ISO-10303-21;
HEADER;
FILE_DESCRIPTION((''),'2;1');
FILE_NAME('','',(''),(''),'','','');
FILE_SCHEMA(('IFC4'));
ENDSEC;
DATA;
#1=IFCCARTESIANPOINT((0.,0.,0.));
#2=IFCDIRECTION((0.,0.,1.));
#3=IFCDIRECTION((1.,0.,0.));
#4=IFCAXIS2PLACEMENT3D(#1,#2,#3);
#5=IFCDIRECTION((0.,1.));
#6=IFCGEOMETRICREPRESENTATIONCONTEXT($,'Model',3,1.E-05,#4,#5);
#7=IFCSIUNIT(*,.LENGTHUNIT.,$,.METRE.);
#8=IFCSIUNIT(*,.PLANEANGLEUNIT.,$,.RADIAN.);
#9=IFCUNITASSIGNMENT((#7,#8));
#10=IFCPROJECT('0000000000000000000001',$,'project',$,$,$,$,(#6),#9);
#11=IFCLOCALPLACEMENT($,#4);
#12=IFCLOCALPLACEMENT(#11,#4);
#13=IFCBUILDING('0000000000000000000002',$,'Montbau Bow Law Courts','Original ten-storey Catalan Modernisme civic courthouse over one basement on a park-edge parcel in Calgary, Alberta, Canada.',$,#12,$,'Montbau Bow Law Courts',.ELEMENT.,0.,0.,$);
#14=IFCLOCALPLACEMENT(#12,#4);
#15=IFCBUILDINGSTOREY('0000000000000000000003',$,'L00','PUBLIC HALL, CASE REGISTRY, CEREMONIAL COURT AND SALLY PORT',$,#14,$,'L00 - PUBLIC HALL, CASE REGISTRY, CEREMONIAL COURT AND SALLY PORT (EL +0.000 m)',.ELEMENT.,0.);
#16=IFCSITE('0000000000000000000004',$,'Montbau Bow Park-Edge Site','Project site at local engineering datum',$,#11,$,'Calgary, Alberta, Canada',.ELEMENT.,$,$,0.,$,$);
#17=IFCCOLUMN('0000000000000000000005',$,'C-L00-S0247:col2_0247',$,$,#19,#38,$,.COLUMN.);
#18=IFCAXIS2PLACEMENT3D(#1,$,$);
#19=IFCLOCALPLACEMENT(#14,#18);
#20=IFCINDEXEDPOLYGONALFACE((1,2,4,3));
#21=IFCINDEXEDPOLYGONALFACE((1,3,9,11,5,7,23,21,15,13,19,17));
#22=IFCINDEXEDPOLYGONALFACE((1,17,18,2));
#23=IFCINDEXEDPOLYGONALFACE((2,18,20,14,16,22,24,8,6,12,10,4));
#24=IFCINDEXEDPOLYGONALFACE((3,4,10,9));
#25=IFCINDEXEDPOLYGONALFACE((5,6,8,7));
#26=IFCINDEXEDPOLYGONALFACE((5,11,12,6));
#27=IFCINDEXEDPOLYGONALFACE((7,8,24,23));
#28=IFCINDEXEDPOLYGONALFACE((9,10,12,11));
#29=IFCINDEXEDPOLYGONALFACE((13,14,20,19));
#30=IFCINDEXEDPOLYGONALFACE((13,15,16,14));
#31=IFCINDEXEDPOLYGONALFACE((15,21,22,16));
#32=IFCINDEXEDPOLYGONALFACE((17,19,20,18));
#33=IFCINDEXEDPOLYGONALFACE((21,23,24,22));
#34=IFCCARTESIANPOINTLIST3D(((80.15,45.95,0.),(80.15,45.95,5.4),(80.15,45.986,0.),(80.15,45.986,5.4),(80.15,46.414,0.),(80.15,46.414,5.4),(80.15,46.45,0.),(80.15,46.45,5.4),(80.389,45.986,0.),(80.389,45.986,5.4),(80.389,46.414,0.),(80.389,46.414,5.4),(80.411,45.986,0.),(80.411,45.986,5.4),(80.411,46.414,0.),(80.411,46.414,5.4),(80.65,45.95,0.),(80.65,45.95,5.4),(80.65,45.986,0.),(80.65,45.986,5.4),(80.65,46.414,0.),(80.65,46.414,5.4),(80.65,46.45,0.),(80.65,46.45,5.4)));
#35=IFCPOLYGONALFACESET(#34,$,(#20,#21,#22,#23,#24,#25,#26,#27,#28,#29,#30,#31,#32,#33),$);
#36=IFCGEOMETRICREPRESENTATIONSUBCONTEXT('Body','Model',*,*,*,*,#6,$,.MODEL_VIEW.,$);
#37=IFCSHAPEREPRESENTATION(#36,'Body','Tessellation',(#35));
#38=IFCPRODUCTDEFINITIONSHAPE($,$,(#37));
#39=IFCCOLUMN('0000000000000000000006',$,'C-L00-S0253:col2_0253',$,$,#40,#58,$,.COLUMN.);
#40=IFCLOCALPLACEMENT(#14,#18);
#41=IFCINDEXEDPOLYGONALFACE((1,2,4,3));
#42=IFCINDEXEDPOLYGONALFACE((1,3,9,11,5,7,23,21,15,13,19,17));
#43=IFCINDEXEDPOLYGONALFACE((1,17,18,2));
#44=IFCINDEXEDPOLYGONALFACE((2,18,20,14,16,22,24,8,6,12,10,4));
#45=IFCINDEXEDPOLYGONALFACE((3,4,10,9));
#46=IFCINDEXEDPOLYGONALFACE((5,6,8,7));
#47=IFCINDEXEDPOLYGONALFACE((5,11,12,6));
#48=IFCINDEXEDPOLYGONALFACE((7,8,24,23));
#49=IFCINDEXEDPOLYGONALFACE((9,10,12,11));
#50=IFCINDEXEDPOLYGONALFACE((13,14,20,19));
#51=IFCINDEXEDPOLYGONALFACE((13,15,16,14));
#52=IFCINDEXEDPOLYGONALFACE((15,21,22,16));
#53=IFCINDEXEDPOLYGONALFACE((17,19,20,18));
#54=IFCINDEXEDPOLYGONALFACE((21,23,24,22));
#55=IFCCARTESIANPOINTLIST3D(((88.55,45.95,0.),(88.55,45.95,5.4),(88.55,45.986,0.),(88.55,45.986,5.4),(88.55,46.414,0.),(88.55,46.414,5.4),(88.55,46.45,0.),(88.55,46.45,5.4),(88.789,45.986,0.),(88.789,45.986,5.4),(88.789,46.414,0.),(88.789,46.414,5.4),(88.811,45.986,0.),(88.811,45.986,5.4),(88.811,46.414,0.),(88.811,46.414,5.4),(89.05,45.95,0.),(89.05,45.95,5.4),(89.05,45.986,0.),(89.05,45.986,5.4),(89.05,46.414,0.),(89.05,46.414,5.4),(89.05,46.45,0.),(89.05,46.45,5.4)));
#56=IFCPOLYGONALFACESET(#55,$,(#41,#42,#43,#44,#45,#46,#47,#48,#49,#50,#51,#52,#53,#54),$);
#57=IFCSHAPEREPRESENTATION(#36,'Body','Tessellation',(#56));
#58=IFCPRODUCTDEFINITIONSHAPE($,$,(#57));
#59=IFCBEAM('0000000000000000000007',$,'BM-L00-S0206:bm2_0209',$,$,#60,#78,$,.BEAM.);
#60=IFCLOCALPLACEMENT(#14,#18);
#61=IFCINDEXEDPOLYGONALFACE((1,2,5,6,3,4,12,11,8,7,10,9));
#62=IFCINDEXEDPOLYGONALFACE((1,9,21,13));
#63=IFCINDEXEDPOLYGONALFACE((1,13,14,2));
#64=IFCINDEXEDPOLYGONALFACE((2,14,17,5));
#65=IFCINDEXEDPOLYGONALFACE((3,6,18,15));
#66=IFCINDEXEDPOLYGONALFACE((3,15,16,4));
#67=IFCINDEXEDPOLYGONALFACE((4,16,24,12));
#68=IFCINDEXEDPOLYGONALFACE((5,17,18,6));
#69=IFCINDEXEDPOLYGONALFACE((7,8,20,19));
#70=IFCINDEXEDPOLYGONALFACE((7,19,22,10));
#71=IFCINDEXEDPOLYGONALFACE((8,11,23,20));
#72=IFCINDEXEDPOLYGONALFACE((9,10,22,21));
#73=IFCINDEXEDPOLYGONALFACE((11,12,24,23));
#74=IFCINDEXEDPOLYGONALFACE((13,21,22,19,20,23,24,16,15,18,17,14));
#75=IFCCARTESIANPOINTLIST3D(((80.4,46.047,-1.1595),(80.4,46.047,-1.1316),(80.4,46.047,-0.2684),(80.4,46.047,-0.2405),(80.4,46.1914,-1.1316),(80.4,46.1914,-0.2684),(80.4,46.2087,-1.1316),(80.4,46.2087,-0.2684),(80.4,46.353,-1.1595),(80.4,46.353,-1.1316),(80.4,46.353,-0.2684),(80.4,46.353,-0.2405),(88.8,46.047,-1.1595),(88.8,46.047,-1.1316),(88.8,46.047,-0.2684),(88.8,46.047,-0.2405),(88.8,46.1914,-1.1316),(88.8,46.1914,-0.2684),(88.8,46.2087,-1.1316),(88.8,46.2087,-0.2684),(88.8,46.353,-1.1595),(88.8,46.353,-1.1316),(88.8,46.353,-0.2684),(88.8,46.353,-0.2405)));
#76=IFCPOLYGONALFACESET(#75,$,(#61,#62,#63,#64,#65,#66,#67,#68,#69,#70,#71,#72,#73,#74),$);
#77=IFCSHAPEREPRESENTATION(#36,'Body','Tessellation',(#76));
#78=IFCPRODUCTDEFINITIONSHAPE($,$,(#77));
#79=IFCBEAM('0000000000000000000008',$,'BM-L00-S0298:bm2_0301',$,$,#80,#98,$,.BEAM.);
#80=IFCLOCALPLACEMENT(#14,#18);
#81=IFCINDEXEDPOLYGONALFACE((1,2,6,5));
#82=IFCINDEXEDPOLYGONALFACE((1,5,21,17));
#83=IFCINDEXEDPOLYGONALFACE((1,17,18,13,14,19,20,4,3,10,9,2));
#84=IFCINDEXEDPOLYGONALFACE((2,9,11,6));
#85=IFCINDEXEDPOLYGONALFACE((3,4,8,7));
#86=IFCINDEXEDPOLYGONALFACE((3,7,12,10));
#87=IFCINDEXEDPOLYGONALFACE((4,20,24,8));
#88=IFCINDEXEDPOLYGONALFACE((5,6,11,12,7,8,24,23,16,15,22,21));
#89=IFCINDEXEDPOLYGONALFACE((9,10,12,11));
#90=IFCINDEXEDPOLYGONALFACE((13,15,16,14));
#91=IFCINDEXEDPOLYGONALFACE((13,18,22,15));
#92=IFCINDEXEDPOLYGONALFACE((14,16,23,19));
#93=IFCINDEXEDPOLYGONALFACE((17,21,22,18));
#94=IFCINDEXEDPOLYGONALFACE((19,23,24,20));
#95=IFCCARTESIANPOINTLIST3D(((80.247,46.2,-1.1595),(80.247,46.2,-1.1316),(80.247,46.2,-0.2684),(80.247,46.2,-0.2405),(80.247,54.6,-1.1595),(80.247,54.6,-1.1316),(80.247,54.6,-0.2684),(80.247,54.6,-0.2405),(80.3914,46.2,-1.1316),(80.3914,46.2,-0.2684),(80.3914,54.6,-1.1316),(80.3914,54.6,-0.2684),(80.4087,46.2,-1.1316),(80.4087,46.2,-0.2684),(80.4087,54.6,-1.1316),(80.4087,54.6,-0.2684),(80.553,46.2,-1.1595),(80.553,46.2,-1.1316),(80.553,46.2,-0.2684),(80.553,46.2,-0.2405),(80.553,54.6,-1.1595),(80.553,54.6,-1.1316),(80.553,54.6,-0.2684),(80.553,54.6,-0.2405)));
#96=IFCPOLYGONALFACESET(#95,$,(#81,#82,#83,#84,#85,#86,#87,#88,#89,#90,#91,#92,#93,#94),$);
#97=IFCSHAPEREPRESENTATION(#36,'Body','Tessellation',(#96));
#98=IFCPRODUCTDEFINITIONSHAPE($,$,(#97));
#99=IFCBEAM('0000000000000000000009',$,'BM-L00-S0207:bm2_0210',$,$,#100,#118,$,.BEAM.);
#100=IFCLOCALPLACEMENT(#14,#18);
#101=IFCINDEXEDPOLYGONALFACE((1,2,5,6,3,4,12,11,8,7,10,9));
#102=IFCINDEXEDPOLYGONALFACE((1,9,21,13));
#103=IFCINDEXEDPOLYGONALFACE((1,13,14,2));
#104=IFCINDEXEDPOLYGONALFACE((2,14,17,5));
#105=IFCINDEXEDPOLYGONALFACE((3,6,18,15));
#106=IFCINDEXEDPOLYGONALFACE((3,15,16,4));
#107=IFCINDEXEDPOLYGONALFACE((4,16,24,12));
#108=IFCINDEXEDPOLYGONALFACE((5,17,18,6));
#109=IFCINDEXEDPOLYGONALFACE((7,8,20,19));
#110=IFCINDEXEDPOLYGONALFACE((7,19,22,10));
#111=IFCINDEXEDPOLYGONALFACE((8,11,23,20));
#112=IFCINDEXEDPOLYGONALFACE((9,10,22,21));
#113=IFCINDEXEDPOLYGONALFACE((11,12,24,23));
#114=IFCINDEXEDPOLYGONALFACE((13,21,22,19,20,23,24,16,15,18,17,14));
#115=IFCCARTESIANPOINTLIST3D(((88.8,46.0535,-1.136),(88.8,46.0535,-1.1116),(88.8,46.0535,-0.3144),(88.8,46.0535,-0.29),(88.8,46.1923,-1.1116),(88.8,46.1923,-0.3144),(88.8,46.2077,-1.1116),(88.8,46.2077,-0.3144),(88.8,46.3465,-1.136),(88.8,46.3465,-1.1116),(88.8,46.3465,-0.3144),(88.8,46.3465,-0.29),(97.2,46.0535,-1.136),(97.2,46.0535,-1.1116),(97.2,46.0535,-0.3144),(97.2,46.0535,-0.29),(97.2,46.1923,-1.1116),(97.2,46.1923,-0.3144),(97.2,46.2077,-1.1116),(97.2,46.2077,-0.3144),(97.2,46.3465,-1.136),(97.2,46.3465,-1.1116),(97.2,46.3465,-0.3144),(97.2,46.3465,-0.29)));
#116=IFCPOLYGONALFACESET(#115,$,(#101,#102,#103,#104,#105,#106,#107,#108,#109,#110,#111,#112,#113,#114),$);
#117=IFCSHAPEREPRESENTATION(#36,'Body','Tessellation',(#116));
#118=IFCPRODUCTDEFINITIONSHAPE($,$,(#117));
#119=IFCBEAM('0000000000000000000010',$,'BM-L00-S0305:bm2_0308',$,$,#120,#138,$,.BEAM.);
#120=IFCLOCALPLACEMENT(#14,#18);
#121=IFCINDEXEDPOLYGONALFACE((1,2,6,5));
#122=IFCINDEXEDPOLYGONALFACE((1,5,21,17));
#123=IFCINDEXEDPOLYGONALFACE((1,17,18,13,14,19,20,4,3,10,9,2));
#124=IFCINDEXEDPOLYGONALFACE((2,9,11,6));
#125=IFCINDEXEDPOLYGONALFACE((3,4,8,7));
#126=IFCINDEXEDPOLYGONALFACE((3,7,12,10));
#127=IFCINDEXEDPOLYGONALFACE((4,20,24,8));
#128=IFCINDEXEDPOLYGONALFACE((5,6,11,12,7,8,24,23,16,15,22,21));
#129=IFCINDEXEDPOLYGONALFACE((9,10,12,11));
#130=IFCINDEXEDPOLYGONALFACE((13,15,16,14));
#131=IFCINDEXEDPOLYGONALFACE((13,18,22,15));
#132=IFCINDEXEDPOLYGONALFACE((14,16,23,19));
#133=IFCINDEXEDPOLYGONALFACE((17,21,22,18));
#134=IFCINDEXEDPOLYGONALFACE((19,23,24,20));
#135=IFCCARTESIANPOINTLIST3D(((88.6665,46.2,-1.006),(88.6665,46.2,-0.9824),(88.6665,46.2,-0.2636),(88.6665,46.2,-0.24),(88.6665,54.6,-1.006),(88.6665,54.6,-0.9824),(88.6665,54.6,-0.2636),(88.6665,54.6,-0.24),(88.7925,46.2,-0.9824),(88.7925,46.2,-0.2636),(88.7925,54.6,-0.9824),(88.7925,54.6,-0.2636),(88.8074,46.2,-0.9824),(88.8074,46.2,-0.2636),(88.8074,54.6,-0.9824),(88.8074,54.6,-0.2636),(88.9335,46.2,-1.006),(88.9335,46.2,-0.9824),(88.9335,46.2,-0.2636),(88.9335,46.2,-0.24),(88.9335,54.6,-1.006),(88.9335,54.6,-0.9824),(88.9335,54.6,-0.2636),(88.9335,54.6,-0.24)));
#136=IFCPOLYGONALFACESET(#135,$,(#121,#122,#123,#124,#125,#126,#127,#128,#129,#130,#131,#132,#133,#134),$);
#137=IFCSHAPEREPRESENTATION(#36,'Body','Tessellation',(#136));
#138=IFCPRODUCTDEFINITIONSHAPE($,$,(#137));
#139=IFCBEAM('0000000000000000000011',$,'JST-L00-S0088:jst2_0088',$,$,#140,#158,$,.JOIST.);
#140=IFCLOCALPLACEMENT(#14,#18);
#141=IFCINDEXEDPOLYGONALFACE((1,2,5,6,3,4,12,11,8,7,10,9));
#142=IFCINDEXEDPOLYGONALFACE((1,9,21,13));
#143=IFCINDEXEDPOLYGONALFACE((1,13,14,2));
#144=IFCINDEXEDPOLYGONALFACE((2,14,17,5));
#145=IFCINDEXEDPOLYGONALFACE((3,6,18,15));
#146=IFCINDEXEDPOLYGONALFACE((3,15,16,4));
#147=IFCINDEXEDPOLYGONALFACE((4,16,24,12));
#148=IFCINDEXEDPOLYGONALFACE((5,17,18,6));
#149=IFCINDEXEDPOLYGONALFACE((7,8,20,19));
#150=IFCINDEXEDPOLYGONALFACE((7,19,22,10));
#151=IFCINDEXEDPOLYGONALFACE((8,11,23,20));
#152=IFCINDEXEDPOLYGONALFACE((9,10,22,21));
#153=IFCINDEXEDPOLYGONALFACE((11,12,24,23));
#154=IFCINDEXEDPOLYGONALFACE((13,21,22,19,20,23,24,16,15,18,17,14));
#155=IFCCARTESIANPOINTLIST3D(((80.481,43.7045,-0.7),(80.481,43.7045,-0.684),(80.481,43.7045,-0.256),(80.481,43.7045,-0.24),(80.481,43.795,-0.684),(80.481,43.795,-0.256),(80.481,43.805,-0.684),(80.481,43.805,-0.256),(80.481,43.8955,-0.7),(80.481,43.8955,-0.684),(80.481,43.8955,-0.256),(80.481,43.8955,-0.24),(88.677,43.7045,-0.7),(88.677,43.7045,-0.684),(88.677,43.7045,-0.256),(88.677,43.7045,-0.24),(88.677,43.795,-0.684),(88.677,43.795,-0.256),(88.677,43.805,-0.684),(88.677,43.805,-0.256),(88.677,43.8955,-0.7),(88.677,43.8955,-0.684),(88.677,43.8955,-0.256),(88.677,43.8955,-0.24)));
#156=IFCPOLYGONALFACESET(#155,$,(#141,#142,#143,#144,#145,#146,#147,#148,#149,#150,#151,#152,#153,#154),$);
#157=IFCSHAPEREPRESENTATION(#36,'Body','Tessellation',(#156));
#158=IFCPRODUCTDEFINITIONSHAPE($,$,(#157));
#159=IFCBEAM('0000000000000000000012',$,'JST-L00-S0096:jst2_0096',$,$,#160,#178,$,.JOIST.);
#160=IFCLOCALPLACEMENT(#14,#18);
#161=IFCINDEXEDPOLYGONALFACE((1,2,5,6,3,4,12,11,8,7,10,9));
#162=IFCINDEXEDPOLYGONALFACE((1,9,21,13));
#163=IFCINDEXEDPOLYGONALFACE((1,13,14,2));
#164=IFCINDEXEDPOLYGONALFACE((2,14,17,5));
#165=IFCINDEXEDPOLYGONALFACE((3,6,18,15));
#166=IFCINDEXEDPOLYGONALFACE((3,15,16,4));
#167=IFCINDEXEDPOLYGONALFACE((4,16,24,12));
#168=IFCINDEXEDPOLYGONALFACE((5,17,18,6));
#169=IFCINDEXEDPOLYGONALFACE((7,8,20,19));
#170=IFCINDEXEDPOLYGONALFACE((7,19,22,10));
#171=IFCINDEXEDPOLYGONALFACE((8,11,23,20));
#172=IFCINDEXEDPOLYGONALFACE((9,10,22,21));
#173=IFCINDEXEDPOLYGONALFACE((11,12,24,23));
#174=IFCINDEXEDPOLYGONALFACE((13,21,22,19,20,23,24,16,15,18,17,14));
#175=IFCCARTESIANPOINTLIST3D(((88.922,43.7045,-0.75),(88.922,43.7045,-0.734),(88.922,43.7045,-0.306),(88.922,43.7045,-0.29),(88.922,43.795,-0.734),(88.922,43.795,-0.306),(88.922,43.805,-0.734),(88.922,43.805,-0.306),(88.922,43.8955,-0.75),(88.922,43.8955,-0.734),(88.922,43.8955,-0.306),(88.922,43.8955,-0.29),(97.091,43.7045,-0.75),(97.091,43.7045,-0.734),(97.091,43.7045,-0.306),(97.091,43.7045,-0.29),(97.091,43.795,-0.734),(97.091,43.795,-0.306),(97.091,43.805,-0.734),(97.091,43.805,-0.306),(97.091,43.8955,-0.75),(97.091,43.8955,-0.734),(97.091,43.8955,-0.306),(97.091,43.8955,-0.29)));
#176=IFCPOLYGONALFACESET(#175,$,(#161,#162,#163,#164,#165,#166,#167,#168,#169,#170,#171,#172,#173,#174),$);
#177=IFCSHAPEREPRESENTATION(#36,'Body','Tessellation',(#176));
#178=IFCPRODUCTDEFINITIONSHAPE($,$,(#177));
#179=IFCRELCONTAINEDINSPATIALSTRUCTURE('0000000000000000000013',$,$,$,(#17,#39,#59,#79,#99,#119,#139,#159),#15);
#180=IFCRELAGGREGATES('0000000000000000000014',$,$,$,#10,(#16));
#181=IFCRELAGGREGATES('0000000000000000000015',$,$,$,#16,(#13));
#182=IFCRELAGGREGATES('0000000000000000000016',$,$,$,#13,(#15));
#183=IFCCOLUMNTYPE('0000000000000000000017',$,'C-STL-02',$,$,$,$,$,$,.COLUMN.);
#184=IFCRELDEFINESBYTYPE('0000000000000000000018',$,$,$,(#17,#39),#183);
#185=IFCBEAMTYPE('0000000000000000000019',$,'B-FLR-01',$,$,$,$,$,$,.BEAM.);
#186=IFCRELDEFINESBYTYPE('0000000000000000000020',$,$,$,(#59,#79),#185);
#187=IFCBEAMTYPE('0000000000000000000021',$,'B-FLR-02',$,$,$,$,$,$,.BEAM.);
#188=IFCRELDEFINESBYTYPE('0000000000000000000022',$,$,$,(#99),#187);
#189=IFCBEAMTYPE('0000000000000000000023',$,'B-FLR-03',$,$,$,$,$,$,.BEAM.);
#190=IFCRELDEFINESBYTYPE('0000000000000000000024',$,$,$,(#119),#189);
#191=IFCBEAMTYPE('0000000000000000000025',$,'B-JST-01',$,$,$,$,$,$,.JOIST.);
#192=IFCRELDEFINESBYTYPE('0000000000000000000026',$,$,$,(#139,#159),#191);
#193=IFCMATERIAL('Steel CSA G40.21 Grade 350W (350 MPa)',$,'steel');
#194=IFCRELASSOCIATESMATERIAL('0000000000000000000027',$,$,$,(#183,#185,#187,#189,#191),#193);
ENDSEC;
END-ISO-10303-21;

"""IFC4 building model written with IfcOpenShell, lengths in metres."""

from ifc_helpers import new_model, si_unit, direction, frame, origin_with_axes, origin_2d_with_axis, place, context, subcontext, project, spatial, i_section, extrude, material, material_profile, profile_set, type_object, element, save


model = new_model("IFC4")

# Units and contexts
model_context = context("Model", 3, precision=1e-05, world=origin_with_axes(), true_north=direction((0.0, 1.0)))
body_context = subcontext(model_context, "Body", "Model", "MODEL_VIEW")
ifc_project = project(units=[si_unit("LENGTHUNIT", "METRE"), si_unit("PLANEANGLEUNIT", "RADIAN")], contexts=[model_context])

# Site, building, storey
site_placement = place(None, origin_with_axes())
site = spatial("IfcSite", under=ifc_project, at=site_placement, Name="Montbau Bow Park-Edge Site", Description="Project site at local engineering datum", LongName="Calgary, Alberta, Canada", CompositionType="ELEMENT", RefElevation=0.0)
building_placement = place(site_placement, origin_with_axes())
building = spatial("IfcBuilding", under=site, at=building_placement, Name="Montbau Bow Law Courts", Description="Original ten-storey Catalan Modernisme civic courthouse over one basement on a park-edge parcel in Calgary, Alberta, Canada.", LongName="Montbau Bow Law Courts", CompositionType="ELEMENT", ElevationOfRefHeight=0.0, ElevationOfTerrain=0.0)
storey_placement = place(building_placement, origin_with_axes())
storey = spatial("IfcBuildingStorey", under=building, at=storey_placement, Name="L00", Description="PUBLIC HALL, CASE REGISTRY, CEREMONIAL COURT AND SALLY PORT", LongName="L00 - PUBLIC HALL, CASE REGISTRY, CEREMONIAL COURT AND SALLY PORT (EL +0.000 m)", CompositionType="ELEMENT", Elevation=0.0)

# Columns
ifc_material_1 = material(Name="Steel CSA G40.21 Grade 350W (350 MPa)", Category="steel")
ifc_material_profile_1 = material_profile(ifc_material_1, i_section(OverallWidth=0.5, OverallDepth=0.5, WebThickness=0.022, FlangeThickness=0.036, at=origin_2d_with_axis()), Name="WWF500X343", Category="Main", Priority=0)
ifc_profile_set_1 = profile_set([ifc_material_profile_1], Name="Steel CSA G40.21 Grade 350W (350 MPa)")
column_type = type_object("IfcColumnType", Name="C-STL-02", PredefinedType="COLUMN", material=ifc_profile_set_1)
for number, where, z_axis, x_axis, name in (
    (1, (80.4, 46.2, 0.0), (0.0, 0.0, 1.0), (1.0, 0.0, 0.0), "C-L00-S0247:col2_0247"),
    (2, (88.8, 46.2, 0.0), (0.0, 0.0, 1.0), (1.0, 0.0, 0.0), "C-L00-S0253:col2_0253"),
):
    element("IfcColumn", number, at=place(None, frame(where, z_axis=z_axis, x_axis=x_axis)), inside=storey, type_object=column_type, Name=name, PredefinedType="COLUMN", context=body_context, shape_type="SweptSolid", body=[
        extrude(i_section(OverallWidth=0.5, OverallDepth=0.5, WebThickness=0.022, FlangeThickness=0.036, at=origin_2d_with_axis()), origin_with_axes(), (0.0, 0.0, 1.0), 5.4),
    ])

# Beams
ifc_material_profile_2 = material_profile(ifc_material_1, i_section(OverallWidth=0.306, OverallDepth=0.919, WebThickness=0.0173, FlangeThickness=0.0279, at=origin_2d_with_axis()), Name="W920X253", Category="Main", Priority=0)
ifc_profile_set_2 = profile_set([ifc_material_profile_2], Name="Steel CSA G40.21 Grade 350W (350 MPa)")
beam_type_1 = type_object("IfcBeamType", Name="B-FLR-01", PredefinedType="BEAM", material=ifc_profile_set_2)
for number, where, z_axis, x_axis, name in (
    (3, (80.4, 46.2, -0.7), (1.0, 0.0, 0.0), (0.0, 1.0, 0.0), "BM-L00-S0206:bm2_0209"),
    (4, (80.4, 46.2, -0.7), (0.0, 1.0, 0.0), (-1.0, 0.0, 0.0), "BM-L00-S0298:bm2_0301"),
):
    element("IfcBeam", number, at=place(None, frame(where, z_axis=z_axis, x_axis=x_axis)), inside=storey, type_object=beam_type_1, Name=name, PredefinedType="BEAM", context=body_context, shape_type="SweptSolid", body=[
        extrude(i_section(OverallWidth=0.306, OverallDepth=0.919, WebThickness=0.0173, FlangeThickness=0.0279, at=origin_2d_with_axis()), origin_with_axes(), (0.0, 0.0, 1.0), 8.4),
    ])
ifc_material_profile_3 = material_profile(ifc_material_1, i_section(OverallWidth=0.293, OverallDepth=0.846, WebThickness=0.0154, FlangeThickness=0.0244, at=origin_2d_with_axis()), Name="W840X210", Category="Main", Priority=0)
ifc_profile_set_3 = profile_set([ifc_material_profile_3], Name="Steel CSA G40.21 Grade 350W (350 MPa)")
beam_type_2 = type_object("IfcBeamType", Name="B-FLR-02", PredefinedType="BEAM", material=ifc_profile_set_3)
beam_1_placement = place(None, frame((88.8, 46.2, -0.713), z_axis=(1.0, 0.0, 0.0), x_axis=(0.0, 1.0, 0.0)))
element("IfcBeam", 5, at=beam_1_placement, inside=storey, type_object=beam_type_2, Name="BM-L00-S0207:bm2_0210", PredefinedType="BEAM", context=body_context, shape_type="SweptSolid", body=[
    extrude(i_section(OverallWidth=0.293, OverallDepth=0.846, WebThickness=0.0154, FlangeThickness=0.0244, at=origin_2d_with_axis()), origin_with_axes(), (0.0, 0.0, 1.0), 8.4),
])
ifc_material_profile_4 = material_profile(ifc_material_1, i_section(OverallWidth=0.267, OverallDepth=0.766, WebThickness=0.0149, FlangeThickness=0.0236, at=origin_2d_with_axis()), Name="W760X185", Category="Main", Priority=0)
ifc_profile_set_4 = profile_set([ifc_material_profile_4], Name="Steel CSA G40.21 Grade 350W (350 MPa)")
beam_type_3 = type_object("IfcBeamType", Name="B-FLR-03", PredefinedType="BEAM", material=ifc_profile_set_4)
beam_2_placement = place(None, frame((88.8, 46.2, -0.623), z_axis=(0.0, 1.0, 0.0), x_axis=(-1.0, 0.0, 0.0)))
element("IfcBeam", 6, at=beam_2_placement, inside=storey, type_object=beam_type_3, Name="BM-L00-S0305:bm2_0308", PredefinedType="BEAM", context=body_context, shape_type="SweptSolid", body=[
    extrude(i_section(OverallWidth=0.267, OverallDepth=0.766, WebThickness=0.0149, FlangeThickness=0.0236, at=origin_2d_with_axis()), origin_with_axes(), (0.0, 0.0, 1.0), 8.4),
])
ifc_material_profile_5 = material_profile(ifc_material_1, i_section(OverallWidth=0.191, OverallDepth=0.46, WebThickness=0.0099, FlangeThickness=0.016, at=origin_2d_with_axis()), Name="W460X82", Category="Main", Priority=0)
ifc_profile_set_5 = profile_set([ifc_material_profile_5], Name="Steel CSA G40.21 Grade 350W (350 MPa)")
beam_type_4 = type_object("IfcBeamType", Name="B-JST-01", PredefinedType="JOIST", material=ifc_profile_set_5)
beam_3_placement = place(None, frame((80.481, 43.8, -0.47), z_axis=(1.0, 0.0, 0.0), x_axis=(0.0, 1.0, 0.0)))
element("IfcBeam", 7, at=beam_3_placement, inside=storey, type_object=beam_type_4, Name="JST-L00-S0088:jst2_0088", PredefinedType="JOIST", context=body_context, shape_type="SweptSolid", body=[
    extrude(i_section(OverallWidth=0.191, OverallDepth=0.46, WebThickness=0.0099, FlangeThickness=0.016, at=origin_2d_with_axis()), origin_with_axes(), (0.0, 0.0, 1.0), 8.196),
])
beam_4_placement = place(None, frame((88.922, 43.8, -0.52), z_axis=(1.0, 0.0, 0.0), x_axis=(0.0, 1.0, 0.0)))
element("IfcBeam", 8, at=beam_4_placement, inside=storey, type_object=beam_type_4, Name="JST-L00-S0096:jst2_0096", PredefinedType="JOIST", context=body_context, shape_type="SweptSolid", body=[
    extrude(i_section(OverallWidth=0.191, OverallDepth=0.46, WebThickness=0.0099, FlangeThickness=0.016, at=origin_2d_with_axis()), origin_with_axes(), (0.0, 0.0, 1.0), 8.169),
])

save(model, "model.ifc")
